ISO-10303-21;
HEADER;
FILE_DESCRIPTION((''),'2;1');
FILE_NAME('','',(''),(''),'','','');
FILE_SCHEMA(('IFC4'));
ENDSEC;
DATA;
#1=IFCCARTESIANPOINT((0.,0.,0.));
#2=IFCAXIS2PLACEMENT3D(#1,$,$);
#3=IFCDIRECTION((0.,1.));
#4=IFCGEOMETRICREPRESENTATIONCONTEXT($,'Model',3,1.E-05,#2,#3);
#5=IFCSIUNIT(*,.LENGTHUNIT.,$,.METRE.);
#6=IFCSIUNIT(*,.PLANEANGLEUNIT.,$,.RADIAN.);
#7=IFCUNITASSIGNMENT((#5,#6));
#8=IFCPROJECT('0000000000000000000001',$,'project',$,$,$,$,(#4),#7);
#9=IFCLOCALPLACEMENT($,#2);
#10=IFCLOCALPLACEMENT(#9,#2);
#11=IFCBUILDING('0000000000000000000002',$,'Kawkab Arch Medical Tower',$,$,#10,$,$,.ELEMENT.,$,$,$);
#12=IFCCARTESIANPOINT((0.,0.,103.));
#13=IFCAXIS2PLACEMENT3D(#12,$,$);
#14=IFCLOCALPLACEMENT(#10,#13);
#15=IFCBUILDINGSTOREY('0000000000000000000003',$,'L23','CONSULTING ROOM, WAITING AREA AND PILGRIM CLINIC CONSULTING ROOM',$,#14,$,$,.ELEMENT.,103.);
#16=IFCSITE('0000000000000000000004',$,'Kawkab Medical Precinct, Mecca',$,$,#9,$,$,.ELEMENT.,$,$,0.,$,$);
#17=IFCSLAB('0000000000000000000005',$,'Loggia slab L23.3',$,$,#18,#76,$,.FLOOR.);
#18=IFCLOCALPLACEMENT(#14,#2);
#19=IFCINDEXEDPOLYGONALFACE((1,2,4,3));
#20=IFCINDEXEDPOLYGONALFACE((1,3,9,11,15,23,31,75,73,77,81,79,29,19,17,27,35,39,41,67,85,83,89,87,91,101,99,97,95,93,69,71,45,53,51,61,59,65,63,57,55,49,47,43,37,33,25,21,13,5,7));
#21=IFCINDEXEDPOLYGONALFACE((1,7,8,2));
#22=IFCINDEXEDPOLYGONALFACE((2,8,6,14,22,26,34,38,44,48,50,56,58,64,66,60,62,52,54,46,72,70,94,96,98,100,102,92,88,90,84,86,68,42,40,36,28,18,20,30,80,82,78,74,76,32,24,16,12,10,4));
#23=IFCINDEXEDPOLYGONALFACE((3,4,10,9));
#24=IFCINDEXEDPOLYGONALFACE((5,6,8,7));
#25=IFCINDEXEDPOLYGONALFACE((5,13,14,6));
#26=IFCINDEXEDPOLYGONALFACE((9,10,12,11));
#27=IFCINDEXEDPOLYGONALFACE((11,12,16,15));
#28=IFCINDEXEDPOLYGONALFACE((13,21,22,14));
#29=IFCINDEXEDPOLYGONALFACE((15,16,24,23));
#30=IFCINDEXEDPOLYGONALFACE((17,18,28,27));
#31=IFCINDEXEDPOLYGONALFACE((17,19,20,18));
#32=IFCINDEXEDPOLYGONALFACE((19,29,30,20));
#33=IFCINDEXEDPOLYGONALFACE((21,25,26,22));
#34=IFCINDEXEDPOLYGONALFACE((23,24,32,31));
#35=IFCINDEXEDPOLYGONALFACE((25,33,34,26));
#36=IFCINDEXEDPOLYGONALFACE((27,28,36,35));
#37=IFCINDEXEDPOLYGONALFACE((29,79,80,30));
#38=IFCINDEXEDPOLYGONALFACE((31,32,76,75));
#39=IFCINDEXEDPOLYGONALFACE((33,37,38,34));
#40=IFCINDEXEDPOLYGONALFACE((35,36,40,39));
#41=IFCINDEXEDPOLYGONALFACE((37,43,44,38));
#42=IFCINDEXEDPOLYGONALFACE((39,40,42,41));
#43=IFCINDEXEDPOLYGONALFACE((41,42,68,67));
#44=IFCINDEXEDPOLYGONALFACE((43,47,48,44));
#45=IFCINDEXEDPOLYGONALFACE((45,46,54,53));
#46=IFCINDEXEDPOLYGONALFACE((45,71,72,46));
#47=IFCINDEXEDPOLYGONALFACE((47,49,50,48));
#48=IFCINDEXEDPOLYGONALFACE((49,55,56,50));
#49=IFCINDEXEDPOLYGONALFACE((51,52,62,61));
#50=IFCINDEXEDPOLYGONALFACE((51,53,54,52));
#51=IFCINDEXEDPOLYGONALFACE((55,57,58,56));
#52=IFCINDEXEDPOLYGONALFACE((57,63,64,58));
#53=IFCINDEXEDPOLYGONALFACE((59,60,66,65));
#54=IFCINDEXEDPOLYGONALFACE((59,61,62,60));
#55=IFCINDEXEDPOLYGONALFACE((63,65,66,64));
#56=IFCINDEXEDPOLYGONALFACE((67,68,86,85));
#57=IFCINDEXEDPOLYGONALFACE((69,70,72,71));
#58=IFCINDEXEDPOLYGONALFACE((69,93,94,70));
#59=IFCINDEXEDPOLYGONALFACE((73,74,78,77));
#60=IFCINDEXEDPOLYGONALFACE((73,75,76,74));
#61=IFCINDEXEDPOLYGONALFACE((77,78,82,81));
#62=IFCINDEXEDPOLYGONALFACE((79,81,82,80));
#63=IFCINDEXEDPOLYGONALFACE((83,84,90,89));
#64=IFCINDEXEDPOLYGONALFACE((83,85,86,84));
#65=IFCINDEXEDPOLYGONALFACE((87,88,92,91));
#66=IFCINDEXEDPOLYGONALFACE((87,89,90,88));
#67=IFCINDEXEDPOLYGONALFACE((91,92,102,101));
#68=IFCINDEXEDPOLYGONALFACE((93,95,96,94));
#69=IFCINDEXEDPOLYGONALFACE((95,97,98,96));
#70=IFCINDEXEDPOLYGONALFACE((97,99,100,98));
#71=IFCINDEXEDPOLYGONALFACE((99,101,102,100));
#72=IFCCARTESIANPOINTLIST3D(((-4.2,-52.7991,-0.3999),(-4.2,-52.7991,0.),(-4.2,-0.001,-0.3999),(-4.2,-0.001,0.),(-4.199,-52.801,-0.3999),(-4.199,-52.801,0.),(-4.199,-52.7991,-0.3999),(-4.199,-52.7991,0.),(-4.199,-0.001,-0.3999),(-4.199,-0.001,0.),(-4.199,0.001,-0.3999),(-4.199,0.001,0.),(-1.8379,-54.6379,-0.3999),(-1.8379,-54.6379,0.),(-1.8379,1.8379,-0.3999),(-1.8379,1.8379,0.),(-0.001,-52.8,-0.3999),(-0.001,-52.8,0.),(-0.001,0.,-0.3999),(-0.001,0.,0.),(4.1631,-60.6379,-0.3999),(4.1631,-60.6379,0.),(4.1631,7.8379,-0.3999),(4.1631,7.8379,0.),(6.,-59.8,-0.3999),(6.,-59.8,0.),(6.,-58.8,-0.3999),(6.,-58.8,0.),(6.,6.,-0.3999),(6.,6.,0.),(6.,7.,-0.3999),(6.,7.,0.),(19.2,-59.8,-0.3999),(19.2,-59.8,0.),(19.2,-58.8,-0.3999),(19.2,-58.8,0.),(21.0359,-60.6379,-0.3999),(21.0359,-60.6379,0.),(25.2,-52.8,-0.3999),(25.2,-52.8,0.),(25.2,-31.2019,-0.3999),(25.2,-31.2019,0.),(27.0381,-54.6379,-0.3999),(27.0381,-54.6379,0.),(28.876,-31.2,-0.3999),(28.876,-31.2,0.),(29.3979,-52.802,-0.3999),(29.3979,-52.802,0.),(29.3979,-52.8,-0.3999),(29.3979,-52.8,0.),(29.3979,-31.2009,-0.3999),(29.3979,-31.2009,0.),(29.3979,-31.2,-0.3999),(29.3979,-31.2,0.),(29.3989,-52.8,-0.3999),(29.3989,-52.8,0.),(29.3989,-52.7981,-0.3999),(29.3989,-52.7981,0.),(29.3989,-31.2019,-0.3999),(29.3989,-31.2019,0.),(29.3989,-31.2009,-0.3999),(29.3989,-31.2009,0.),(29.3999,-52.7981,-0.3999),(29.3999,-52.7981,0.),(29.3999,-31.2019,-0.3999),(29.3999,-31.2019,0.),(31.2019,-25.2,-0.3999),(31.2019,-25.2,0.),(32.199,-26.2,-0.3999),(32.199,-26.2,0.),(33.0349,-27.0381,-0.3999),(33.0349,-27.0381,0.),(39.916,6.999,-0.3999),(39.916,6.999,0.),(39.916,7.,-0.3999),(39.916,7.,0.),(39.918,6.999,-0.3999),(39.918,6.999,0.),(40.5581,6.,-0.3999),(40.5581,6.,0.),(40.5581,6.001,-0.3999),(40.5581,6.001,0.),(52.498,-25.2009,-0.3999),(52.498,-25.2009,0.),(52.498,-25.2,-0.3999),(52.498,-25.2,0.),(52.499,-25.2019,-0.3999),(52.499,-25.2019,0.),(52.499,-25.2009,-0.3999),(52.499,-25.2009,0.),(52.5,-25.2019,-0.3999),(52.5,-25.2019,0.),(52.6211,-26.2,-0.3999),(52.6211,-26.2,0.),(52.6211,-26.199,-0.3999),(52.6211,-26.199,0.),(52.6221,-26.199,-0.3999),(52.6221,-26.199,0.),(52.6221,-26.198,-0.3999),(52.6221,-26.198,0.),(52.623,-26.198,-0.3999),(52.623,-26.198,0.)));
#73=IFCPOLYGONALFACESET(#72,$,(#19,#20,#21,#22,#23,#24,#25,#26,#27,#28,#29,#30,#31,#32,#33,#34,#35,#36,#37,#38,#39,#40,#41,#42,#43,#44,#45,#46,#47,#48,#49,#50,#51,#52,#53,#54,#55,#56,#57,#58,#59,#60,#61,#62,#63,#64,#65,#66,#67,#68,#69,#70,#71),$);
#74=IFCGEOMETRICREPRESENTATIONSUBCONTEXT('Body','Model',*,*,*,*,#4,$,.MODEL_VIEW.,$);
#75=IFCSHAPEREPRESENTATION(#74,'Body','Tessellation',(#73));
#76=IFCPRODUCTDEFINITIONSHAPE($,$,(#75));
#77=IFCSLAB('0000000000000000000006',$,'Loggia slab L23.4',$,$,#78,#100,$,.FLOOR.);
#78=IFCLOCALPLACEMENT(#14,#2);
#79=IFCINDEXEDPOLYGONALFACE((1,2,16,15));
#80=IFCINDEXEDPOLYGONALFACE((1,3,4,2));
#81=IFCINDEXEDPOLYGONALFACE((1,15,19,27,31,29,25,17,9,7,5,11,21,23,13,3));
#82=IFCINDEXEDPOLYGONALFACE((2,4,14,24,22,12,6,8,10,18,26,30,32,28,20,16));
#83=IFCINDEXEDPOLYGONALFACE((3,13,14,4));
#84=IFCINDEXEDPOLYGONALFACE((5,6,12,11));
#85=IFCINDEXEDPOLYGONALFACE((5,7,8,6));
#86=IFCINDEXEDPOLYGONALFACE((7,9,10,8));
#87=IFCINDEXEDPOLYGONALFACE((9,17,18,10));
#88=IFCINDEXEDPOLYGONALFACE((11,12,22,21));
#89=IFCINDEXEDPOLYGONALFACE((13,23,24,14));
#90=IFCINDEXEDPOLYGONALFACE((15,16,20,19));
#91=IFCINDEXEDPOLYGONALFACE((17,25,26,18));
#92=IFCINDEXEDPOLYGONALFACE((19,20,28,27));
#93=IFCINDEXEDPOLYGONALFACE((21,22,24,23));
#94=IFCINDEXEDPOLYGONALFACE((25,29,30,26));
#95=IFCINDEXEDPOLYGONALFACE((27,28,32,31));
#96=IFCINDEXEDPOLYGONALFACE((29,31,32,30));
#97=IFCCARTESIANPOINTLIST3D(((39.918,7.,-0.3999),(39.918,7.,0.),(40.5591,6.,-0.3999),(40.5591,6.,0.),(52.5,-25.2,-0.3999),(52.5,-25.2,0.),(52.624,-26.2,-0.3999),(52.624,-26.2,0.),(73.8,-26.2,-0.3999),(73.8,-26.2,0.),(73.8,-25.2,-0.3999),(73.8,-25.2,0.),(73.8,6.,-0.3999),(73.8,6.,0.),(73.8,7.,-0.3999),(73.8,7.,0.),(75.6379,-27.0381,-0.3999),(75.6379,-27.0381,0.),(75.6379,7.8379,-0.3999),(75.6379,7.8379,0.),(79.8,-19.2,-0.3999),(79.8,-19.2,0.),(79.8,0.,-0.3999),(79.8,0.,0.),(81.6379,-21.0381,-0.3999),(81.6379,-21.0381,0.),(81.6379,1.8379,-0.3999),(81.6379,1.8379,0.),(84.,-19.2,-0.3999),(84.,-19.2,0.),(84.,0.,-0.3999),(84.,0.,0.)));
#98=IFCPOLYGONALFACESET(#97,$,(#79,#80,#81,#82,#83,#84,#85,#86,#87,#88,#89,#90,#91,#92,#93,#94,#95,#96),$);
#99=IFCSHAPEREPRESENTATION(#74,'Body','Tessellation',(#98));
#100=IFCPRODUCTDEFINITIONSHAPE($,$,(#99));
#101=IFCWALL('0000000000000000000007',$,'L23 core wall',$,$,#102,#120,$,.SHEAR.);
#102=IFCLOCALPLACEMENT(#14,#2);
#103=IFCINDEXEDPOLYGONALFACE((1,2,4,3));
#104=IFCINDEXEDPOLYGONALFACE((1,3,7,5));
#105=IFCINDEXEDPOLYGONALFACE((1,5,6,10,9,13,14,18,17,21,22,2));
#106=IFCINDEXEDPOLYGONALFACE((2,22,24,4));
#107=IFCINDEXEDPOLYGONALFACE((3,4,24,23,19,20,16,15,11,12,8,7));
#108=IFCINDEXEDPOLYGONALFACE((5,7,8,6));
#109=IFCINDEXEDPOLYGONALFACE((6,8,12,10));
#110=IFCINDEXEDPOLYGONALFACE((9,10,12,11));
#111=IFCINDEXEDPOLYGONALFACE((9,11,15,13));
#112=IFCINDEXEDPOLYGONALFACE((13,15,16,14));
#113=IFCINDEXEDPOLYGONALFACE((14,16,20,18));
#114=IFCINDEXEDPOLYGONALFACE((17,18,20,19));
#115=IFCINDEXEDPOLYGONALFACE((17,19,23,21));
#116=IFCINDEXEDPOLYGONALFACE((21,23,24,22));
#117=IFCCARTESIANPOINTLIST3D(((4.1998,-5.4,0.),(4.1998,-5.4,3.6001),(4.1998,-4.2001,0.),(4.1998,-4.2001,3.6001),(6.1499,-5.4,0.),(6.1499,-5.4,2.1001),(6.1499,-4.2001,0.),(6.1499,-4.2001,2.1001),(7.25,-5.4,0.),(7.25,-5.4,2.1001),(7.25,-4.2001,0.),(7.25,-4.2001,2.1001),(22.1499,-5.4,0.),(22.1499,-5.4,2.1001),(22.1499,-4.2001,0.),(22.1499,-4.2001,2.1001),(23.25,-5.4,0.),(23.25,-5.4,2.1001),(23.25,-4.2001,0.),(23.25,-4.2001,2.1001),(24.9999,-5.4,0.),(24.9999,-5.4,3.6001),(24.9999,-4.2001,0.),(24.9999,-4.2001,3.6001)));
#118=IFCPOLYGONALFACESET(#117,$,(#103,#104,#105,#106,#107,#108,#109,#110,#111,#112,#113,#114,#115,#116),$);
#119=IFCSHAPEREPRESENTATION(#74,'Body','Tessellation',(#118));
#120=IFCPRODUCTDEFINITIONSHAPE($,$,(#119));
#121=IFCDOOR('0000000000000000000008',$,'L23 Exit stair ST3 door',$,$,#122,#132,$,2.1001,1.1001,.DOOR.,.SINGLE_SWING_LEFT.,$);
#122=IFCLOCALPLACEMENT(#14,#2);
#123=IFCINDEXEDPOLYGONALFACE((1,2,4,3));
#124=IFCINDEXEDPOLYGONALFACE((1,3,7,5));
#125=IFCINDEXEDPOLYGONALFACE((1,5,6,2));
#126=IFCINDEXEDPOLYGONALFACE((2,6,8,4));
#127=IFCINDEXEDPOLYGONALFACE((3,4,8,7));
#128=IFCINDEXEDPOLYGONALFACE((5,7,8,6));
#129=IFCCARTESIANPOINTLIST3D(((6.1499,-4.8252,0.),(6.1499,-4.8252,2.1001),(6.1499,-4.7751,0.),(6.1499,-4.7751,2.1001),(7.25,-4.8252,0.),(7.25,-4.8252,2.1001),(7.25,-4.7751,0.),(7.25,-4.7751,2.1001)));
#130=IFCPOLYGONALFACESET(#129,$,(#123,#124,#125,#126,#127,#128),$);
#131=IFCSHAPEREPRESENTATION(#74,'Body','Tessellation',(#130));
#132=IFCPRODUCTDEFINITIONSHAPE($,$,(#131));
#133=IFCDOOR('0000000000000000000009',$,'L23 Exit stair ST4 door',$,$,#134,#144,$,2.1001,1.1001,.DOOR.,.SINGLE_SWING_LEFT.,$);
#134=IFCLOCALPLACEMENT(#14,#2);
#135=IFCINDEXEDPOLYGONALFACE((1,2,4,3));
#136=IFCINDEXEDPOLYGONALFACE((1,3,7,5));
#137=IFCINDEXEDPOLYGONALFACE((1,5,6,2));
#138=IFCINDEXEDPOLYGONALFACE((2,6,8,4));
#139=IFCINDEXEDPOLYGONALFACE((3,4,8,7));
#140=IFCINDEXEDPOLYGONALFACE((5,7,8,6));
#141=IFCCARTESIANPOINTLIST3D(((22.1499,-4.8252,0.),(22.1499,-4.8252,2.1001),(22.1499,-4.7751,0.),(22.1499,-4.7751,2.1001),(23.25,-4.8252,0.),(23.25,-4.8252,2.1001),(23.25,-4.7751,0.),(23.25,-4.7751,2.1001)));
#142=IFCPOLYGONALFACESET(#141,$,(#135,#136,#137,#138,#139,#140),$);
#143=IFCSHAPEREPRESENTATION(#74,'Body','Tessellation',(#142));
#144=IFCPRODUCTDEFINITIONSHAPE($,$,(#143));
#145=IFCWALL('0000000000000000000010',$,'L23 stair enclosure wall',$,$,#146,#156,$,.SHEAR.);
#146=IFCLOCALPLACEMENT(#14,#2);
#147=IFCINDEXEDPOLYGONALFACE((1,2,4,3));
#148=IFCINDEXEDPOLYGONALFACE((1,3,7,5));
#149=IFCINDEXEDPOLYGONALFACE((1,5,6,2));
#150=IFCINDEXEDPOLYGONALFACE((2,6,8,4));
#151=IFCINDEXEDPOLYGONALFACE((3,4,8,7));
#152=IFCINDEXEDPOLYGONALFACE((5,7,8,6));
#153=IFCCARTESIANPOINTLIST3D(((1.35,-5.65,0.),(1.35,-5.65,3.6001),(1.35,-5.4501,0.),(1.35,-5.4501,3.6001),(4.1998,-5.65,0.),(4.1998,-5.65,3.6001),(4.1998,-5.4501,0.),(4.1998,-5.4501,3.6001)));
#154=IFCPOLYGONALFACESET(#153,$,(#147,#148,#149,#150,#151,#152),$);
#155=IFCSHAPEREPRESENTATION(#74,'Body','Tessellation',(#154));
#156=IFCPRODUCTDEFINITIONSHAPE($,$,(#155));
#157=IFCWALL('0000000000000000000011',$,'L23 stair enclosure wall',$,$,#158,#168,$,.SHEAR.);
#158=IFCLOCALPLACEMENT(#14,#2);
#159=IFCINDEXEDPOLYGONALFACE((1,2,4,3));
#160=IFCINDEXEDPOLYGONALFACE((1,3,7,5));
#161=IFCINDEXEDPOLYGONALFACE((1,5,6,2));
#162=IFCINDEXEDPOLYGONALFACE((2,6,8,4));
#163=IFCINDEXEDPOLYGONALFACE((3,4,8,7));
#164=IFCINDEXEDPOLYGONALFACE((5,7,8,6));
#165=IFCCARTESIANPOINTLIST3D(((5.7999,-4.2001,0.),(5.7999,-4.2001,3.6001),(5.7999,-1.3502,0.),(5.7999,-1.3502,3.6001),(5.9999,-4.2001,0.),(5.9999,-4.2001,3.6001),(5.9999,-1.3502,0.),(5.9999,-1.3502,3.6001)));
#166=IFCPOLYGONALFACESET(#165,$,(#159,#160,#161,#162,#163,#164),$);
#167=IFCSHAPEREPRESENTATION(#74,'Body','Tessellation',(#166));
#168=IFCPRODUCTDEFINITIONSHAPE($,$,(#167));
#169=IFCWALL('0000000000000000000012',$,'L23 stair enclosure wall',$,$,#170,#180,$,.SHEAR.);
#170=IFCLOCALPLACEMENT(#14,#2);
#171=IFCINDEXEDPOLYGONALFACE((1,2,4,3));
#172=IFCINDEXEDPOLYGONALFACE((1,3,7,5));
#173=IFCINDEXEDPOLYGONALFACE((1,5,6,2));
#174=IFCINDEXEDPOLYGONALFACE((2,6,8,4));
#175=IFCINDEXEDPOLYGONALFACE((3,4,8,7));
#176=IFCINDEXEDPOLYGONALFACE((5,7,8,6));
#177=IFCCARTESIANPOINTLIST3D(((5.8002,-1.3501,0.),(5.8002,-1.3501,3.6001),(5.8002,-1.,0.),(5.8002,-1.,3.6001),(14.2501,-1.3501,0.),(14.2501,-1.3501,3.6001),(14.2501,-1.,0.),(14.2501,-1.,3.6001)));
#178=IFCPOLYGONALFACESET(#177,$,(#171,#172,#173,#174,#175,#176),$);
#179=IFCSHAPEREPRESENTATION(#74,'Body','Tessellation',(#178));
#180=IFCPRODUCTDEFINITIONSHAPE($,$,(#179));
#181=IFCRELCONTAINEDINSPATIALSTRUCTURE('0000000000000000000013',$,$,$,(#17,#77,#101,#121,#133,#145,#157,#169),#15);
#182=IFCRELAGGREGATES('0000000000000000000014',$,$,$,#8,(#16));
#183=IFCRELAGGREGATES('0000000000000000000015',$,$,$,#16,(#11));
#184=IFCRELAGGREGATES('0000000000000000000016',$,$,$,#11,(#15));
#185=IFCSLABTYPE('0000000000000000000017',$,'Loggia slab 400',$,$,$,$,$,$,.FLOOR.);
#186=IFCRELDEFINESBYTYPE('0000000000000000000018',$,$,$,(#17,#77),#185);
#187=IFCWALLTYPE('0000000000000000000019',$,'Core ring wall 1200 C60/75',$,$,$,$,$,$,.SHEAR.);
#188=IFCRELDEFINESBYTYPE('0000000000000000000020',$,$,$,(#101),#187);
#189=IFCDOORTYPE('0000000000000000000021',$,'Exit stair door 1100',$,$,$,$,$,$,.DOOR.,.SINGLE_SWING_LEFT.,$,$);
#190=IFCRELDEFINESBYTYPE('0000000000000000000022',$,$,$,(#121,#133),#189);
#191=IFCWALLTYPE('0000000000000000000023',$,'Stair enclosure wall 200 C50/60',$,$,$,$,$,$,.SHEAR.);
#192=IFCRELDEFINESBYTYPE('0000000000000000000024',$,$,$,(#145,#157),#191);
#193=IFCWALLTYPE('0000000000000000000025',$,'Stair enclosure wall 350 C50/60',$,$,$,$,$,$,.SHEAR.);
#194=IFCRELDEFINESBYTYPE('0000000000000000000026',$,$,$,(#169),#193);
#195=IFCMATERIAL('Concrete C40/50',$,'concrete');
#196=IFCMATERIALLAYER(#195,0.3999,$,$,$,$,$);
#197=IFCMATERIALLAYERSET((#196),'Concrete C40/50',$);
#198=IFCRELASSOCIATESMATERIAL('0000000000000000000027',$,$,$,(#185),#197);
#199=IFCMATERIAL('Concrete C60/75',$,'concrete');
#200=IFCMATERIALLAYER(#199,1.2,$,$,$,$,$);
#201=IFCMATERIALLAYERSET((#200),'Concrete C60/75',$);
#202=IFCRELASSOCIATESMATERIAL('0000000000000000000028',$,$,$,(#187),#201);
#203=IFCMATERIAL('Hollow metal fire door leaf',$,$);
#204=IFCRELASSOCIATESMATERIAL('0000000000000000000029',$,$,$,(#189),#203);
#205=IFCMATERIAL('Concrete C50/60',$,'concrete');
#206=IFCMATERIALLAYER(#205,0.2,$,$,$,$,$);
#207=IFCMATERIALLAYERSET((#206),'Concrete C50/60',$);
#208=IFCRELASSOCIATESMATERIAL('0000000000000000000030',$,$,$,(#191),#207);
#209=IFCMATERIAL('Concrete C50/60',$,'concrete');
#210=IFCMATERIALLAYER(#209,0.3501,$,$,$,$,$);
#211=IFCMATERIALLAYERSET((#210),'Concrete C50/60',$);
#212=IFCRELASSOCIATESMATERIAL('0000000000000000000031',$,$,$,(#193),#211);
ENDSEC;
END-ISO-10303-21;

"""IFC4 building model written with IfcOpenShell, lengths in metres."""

from ifc_helpers import new_model, si_unit, direction, frame, frame_2d, origin, place, context, subcontext, project, spatial, polyline, rectangle, outline, extrude, material, layer, layer_set, type_object, element, fill, save


model = new_model("IFC4")

# Units and contexts
model_context = context("Model", 3, precision=1e-05, world=origin(), true_north=direction((0.0, 1.0)))
body_context = subcontext(model_context, "Body", "Model", "MODEL_VIEW")
ifc_project = project(units=[si_unit("LENGTHUNIT", "METRE"), si_unit("PLANEANGLEUNIT", "RADIAN")], contexts=[model_context])

# Site, building, storey
site_placement = place(None, origin())
site = spatial("IfcSite", under=ifc_project, at=site_placement, Name="Kawkab Medical Precinct, Mecca", CompositionType="ELEMENT", RefElevation=0.0)
building_placement = place(site_placement, origin())
building = spatial("IfcBuilding", under=site, at=building_placement, Name="Kawkab Arch Medical Tower", CompositionType="ELEMENT")
storey_placement = place(building_placement, frame((0.0, 0.0, 103.0)))
storey = spatial("IfcBuildingStorey", under=building, at=storey_placement, Name="L23", Description="CONSULTING ROOM, WAITING AREA AND PILGRIM CLINIC CONSULTING ROOM", CompositionType="ELEMENT", Elevation=103.0)

# Slabs
ifc_material_1 = material(Name="Concrete C40/50", Category="concrete")
ifc_layer_1 = layer(ifc_material_1, 0.3999)
ifc_layer_set_1 = layer_set([ifc_layer_1], Name="Concrete C40/50")
slab_type_1 = type_object("IfcSlabType", Name="Loggia slab 400", PredefinedType="FLOOR", material=ifc_layer_set_1)
placement_1 = place(storey_placement, frame((0.0, 0.0, -0.3999)))
element("IfcSlab", 1, at=placement_1, inside=storey, type_object=slab_type_1, Name="Loggia slab L23.3", PredefinedType="FLOOR", context=body_context, shape_type="SweptSolid", body=[
    extrude(outline(polyline([(-4.2, -52.7991), (-4.2, -0.001), (-4.199, -0.001), (-4.199, 0.001), (-1.8379, 1.8379), (4.1631, 7.8379), (6.0, 7.0), (39.916, 7.0), (39.916, 6.999), (39.918, 6.999), (40.5581, 6.001), (40.5581, 6.0), (6.0, 6.0), (-0.001, 0.0), (-0.001, -52.8), (6.0, -58.8), (19.2, -58.8), (25.2, -52.8), (25.2, -31.2019), (31.2019, -25.2), (52.498, -25.2), (52.498, -25.2009), (52.499, -25.2009), (52.499, -25.2019), (52.5, -25.2019), (52.623, -26.198), (52.6221, -26.198), (52.6221, -26.199), (52.6211, -26.199), (52.6211, -26.2), (32.199, -26.2), (33.0349, -27.0381), (28.876, -31.2), (29.3979, -31.2), (29.3979, -31.2009), (29.3989, -31.2009), (29.3989, -31.2019), (29.3999, -31.2019), (29.3999, -52.7981), (29.3989, -52.7981), (29.3989, -52.8), (29.3979, -52.8), (29.3979, -52.802), (27.0381, -54.6379), (21.0359, -60.6379), (19.2, -59.8), (6.0, -59.8), (4.1631, -60.6379), (-1.8379, -54.6379), (-4.199, -52.801), (-4.199, -52.7991), (-4.2, -52.7991)])), origin(), (0.0, 0.0, 1.0), 0.3999),
])
element("IfcSlab", 2, at=placement_1, inside=storey, type_object=slab_type_1, Name="Loggia slab L23.4", PredefinedType="FLOOR", context=body_context, shape_type="SweptSolid", body=[
    extrude(outline(polyline([(73.8, 7.0), (75.6379, 7.8379), (81.6379, 1.8379), (84.0, 0.0), (84.0, -19.2), (81.6379, -21.0381), (75.6379, -27.0381), (73.8, -26.2), (52.624, -26.2), (52.5, -25.2), (73.8, -25.2), (79.8, -19.2), (79.8, 0.0), (73.8, 6.0), (40.5591, 6.0), (39.918, 7.0), (73.8, 7.0)])), origin(), (0.0, 0.0, 1.0), 0.3999),
])

# Wall, openings, doors
ifc_material_2 = material(Name="Concrete C60/75", Category="concrete")
ifc_layer_2 = layer(ifc_material_2, 1.2)
ifc_layer_set_2 = layer_set([ifc_layer_2], Name="Concrete C60/75")
wall_type_1 = type_object("IfcWallType", Name="Core ring wall 1200 C60/75", PredefinedType="SHEAR", material=ifc_layer_set_2)
wall_1_placement = place(storey_placement, frame((4.2, -4.8, 0.0), z_axis=(0.0, 0.0, 1.0), x_axis=(1.0, 0.0, 0.0)))
wall_1 = element("IfcWall", 3, at=wall_1_placement, inside=storey, type_object=wall_type_1, Name="L23 core wall", PredefinedType="SHEAR", context=body_context, shape_type="SweptSolid", body=[
    extrude(rectangle(XDim=20.8, YDim=1.2, at=frame_2d((10.3999, 0.0))), origin(), (0.0, 0.0, 1.0), 3.6001),
])
opening_1_placement = place(wall_1_placement, frame((1.95, 0.0, 0.0)))
opening_1 = element("IfcOpeningElement", 4, at=opening_1_placement, cuts=wall_1, PredefinedType="OPENING", context=body_context, shape_type="SweptSolid", body=[
    extrude(rectangle(XDim=1.1001, YDim=2.1001, at=frame_2d((0.55, 1.05))), frame((0.0, 0.6099, 0.0), z_axis=(0.0, -1.0, 0.0), x_axis=(1.0, 0.0, 0.0)), (0.0, 0.0, 1.0), 1.22),
])
opening_2_placement = place(wall_1_placement, frame((17.95, 0.0, 0.0)))
opening_2 = element("IfcOpeningElement", 5, at=opening_2_placement, cuts=wall_1, PredefinedType="OPENING", context=body_context, shape_type="SweptSolid", body=[
    extrude(rectangle(XDim=1.1001, YDim=2.1001, at=frame_2d((0.55, 1.05))), frame((0.0, 0.6099, 0.0), z_axis=(0.0, -1.0, 0.0), x_axis=(1.0, 0.0, 0.0)), (0.0, 0.0, 1.0), 1.22),
])
ifc_material_3 = material(Name="Hollow metal fire door leaf")
door_type = type_object("IfcDoorType", Name="Exit stair door 1100", OperationType="SINGLE_SWING_LEFT", PredefinedType="DOOR", material=ifc_material_3)
door_1_placement = place(opening_1_placement, origin())
door_1 = element("IfcDoor", 6, at=door_1_placement, inside=storey, type_object=door_type, Name="L23 Exit stair ST3 door", OperationType="SINGLE_SWING_LEFT", OverallHeight=2.1001, OverallWidth=1.1001, PredefinedType="DOOR", context=body_context, shape_type="SweptSolid", body=[
    extrude(rectangle(XDim=1.1001, YDim=2.1001, at=frame_2d((0.55, 1.05))), frame((0.0, 0.0249, 0.0), z_axis=(0.0, -1.0, 0.0), x_axis=(1.0, 0.0, 0.0)), (0.0, 0.0, 1.0), 0.05),
])
fill(opening_1, door_1)
door_2_placement = place(opening_2_placement, origin())
door_2 = element("IfcDoor", 7, at=door_2_placement, inside=storey, type_object=door_type, Name="L23 Exit stair ST4 door", OperationType="SINGLE_SWING_LEFT", OverallHeight=2.1001, OverallWidth=1.1001, PredefinedType="DOOR", context=body_context, shape_type="SweptSolid", body=[
    extrude(rectangle(XDim=1.1001, YDim=2.1001, at=frame_2d((0.55, 1.05))), frame((0.0, 0.0249, 0.0), z_axis=(0.0, -1.0, 0.0), x_axis=(1.0, 0.0, 0.0)), (0.0, 0.0, 1.0), 0.05),
])
fill(opening_2, door_2)

# Walls
ifc_material_4 = material(Name="Concrete C50/60", Category="concrete")
ifc_layer_3 = layer(ifc_material_4, 0.2)
ifc_layer_set_3 = layer_set([ifc_layer_3], Name="Concrete C50/60")
wall_type_2 = type_object("IfcWallType", Name="Stair enclosure wall 200 C50/60", PredefinedType="SHEAR", material=ifc_layer_set_3)
for number, where, z_axis, x_axis, name in (
    (8, (1.3501, -5.55, 0.0), (0.0, 0.0, 1.0), (1.0, 0.0, 0.0), "L23 stair enclosure wall"),
    (9, (5.8999, -4.2, 0.0), (0.0, 0.0, 1.0), (0.0, 1.0, 0.0), "L23 stair enclosure wall"),
):
    element("IfcWall", number, at=place(storey_placement, frame(where, z_axis=z_axis, x_axis=x_axis)), inside=storey, type_object=wall_type_2, Name=name, PredefinedType="SHEAR", context=body_context, shape_type="SweptSolid", body=[
        extrude(rectangle(XDim=2.8499, YDim=0.2, at=frame_2d((1.4248, 0.0))), origin(), (0.0, 0.0, 1.0), 3.6001),
    ])
ifc_material_5 = material(Name="Concrete C50/60", Category="concrete")
ifc_layer_4 = layer(ifc_material_5, 0.3501)
ifc_layer_set_4 = layer_set([ifc_layer_4], Name="Concrete C50/60")
wall_type_3 = type_object("IfcWallType", Name="Stair enclosure wall 350 C50/60", PredefinedType="SHEAR", material=ifc_layer_set_4)
wall_2_placement = place(storey_placement, frame((5.8, -1.175, 0.0), z_axis=(0.0, 0.0, 1.0), x_axis=(1.0, 0.0, 0.0)))
element("IfcWall", 10, at=wall_2_placement, inside=storey, type_object=wall_type_3, Name="L23 stair enclosure wall", PredefinedType="SHEAR", context=body_context, shape_type="SweptSolid", body=[
    extrude(rectangle(XDim=8.45, YDim=0.3501, at=frame_2d((4.2251, 0.0))), origin(), (0.0, 0.0, 1.0), 3.6001),
])

save(model, "model.ifc")
